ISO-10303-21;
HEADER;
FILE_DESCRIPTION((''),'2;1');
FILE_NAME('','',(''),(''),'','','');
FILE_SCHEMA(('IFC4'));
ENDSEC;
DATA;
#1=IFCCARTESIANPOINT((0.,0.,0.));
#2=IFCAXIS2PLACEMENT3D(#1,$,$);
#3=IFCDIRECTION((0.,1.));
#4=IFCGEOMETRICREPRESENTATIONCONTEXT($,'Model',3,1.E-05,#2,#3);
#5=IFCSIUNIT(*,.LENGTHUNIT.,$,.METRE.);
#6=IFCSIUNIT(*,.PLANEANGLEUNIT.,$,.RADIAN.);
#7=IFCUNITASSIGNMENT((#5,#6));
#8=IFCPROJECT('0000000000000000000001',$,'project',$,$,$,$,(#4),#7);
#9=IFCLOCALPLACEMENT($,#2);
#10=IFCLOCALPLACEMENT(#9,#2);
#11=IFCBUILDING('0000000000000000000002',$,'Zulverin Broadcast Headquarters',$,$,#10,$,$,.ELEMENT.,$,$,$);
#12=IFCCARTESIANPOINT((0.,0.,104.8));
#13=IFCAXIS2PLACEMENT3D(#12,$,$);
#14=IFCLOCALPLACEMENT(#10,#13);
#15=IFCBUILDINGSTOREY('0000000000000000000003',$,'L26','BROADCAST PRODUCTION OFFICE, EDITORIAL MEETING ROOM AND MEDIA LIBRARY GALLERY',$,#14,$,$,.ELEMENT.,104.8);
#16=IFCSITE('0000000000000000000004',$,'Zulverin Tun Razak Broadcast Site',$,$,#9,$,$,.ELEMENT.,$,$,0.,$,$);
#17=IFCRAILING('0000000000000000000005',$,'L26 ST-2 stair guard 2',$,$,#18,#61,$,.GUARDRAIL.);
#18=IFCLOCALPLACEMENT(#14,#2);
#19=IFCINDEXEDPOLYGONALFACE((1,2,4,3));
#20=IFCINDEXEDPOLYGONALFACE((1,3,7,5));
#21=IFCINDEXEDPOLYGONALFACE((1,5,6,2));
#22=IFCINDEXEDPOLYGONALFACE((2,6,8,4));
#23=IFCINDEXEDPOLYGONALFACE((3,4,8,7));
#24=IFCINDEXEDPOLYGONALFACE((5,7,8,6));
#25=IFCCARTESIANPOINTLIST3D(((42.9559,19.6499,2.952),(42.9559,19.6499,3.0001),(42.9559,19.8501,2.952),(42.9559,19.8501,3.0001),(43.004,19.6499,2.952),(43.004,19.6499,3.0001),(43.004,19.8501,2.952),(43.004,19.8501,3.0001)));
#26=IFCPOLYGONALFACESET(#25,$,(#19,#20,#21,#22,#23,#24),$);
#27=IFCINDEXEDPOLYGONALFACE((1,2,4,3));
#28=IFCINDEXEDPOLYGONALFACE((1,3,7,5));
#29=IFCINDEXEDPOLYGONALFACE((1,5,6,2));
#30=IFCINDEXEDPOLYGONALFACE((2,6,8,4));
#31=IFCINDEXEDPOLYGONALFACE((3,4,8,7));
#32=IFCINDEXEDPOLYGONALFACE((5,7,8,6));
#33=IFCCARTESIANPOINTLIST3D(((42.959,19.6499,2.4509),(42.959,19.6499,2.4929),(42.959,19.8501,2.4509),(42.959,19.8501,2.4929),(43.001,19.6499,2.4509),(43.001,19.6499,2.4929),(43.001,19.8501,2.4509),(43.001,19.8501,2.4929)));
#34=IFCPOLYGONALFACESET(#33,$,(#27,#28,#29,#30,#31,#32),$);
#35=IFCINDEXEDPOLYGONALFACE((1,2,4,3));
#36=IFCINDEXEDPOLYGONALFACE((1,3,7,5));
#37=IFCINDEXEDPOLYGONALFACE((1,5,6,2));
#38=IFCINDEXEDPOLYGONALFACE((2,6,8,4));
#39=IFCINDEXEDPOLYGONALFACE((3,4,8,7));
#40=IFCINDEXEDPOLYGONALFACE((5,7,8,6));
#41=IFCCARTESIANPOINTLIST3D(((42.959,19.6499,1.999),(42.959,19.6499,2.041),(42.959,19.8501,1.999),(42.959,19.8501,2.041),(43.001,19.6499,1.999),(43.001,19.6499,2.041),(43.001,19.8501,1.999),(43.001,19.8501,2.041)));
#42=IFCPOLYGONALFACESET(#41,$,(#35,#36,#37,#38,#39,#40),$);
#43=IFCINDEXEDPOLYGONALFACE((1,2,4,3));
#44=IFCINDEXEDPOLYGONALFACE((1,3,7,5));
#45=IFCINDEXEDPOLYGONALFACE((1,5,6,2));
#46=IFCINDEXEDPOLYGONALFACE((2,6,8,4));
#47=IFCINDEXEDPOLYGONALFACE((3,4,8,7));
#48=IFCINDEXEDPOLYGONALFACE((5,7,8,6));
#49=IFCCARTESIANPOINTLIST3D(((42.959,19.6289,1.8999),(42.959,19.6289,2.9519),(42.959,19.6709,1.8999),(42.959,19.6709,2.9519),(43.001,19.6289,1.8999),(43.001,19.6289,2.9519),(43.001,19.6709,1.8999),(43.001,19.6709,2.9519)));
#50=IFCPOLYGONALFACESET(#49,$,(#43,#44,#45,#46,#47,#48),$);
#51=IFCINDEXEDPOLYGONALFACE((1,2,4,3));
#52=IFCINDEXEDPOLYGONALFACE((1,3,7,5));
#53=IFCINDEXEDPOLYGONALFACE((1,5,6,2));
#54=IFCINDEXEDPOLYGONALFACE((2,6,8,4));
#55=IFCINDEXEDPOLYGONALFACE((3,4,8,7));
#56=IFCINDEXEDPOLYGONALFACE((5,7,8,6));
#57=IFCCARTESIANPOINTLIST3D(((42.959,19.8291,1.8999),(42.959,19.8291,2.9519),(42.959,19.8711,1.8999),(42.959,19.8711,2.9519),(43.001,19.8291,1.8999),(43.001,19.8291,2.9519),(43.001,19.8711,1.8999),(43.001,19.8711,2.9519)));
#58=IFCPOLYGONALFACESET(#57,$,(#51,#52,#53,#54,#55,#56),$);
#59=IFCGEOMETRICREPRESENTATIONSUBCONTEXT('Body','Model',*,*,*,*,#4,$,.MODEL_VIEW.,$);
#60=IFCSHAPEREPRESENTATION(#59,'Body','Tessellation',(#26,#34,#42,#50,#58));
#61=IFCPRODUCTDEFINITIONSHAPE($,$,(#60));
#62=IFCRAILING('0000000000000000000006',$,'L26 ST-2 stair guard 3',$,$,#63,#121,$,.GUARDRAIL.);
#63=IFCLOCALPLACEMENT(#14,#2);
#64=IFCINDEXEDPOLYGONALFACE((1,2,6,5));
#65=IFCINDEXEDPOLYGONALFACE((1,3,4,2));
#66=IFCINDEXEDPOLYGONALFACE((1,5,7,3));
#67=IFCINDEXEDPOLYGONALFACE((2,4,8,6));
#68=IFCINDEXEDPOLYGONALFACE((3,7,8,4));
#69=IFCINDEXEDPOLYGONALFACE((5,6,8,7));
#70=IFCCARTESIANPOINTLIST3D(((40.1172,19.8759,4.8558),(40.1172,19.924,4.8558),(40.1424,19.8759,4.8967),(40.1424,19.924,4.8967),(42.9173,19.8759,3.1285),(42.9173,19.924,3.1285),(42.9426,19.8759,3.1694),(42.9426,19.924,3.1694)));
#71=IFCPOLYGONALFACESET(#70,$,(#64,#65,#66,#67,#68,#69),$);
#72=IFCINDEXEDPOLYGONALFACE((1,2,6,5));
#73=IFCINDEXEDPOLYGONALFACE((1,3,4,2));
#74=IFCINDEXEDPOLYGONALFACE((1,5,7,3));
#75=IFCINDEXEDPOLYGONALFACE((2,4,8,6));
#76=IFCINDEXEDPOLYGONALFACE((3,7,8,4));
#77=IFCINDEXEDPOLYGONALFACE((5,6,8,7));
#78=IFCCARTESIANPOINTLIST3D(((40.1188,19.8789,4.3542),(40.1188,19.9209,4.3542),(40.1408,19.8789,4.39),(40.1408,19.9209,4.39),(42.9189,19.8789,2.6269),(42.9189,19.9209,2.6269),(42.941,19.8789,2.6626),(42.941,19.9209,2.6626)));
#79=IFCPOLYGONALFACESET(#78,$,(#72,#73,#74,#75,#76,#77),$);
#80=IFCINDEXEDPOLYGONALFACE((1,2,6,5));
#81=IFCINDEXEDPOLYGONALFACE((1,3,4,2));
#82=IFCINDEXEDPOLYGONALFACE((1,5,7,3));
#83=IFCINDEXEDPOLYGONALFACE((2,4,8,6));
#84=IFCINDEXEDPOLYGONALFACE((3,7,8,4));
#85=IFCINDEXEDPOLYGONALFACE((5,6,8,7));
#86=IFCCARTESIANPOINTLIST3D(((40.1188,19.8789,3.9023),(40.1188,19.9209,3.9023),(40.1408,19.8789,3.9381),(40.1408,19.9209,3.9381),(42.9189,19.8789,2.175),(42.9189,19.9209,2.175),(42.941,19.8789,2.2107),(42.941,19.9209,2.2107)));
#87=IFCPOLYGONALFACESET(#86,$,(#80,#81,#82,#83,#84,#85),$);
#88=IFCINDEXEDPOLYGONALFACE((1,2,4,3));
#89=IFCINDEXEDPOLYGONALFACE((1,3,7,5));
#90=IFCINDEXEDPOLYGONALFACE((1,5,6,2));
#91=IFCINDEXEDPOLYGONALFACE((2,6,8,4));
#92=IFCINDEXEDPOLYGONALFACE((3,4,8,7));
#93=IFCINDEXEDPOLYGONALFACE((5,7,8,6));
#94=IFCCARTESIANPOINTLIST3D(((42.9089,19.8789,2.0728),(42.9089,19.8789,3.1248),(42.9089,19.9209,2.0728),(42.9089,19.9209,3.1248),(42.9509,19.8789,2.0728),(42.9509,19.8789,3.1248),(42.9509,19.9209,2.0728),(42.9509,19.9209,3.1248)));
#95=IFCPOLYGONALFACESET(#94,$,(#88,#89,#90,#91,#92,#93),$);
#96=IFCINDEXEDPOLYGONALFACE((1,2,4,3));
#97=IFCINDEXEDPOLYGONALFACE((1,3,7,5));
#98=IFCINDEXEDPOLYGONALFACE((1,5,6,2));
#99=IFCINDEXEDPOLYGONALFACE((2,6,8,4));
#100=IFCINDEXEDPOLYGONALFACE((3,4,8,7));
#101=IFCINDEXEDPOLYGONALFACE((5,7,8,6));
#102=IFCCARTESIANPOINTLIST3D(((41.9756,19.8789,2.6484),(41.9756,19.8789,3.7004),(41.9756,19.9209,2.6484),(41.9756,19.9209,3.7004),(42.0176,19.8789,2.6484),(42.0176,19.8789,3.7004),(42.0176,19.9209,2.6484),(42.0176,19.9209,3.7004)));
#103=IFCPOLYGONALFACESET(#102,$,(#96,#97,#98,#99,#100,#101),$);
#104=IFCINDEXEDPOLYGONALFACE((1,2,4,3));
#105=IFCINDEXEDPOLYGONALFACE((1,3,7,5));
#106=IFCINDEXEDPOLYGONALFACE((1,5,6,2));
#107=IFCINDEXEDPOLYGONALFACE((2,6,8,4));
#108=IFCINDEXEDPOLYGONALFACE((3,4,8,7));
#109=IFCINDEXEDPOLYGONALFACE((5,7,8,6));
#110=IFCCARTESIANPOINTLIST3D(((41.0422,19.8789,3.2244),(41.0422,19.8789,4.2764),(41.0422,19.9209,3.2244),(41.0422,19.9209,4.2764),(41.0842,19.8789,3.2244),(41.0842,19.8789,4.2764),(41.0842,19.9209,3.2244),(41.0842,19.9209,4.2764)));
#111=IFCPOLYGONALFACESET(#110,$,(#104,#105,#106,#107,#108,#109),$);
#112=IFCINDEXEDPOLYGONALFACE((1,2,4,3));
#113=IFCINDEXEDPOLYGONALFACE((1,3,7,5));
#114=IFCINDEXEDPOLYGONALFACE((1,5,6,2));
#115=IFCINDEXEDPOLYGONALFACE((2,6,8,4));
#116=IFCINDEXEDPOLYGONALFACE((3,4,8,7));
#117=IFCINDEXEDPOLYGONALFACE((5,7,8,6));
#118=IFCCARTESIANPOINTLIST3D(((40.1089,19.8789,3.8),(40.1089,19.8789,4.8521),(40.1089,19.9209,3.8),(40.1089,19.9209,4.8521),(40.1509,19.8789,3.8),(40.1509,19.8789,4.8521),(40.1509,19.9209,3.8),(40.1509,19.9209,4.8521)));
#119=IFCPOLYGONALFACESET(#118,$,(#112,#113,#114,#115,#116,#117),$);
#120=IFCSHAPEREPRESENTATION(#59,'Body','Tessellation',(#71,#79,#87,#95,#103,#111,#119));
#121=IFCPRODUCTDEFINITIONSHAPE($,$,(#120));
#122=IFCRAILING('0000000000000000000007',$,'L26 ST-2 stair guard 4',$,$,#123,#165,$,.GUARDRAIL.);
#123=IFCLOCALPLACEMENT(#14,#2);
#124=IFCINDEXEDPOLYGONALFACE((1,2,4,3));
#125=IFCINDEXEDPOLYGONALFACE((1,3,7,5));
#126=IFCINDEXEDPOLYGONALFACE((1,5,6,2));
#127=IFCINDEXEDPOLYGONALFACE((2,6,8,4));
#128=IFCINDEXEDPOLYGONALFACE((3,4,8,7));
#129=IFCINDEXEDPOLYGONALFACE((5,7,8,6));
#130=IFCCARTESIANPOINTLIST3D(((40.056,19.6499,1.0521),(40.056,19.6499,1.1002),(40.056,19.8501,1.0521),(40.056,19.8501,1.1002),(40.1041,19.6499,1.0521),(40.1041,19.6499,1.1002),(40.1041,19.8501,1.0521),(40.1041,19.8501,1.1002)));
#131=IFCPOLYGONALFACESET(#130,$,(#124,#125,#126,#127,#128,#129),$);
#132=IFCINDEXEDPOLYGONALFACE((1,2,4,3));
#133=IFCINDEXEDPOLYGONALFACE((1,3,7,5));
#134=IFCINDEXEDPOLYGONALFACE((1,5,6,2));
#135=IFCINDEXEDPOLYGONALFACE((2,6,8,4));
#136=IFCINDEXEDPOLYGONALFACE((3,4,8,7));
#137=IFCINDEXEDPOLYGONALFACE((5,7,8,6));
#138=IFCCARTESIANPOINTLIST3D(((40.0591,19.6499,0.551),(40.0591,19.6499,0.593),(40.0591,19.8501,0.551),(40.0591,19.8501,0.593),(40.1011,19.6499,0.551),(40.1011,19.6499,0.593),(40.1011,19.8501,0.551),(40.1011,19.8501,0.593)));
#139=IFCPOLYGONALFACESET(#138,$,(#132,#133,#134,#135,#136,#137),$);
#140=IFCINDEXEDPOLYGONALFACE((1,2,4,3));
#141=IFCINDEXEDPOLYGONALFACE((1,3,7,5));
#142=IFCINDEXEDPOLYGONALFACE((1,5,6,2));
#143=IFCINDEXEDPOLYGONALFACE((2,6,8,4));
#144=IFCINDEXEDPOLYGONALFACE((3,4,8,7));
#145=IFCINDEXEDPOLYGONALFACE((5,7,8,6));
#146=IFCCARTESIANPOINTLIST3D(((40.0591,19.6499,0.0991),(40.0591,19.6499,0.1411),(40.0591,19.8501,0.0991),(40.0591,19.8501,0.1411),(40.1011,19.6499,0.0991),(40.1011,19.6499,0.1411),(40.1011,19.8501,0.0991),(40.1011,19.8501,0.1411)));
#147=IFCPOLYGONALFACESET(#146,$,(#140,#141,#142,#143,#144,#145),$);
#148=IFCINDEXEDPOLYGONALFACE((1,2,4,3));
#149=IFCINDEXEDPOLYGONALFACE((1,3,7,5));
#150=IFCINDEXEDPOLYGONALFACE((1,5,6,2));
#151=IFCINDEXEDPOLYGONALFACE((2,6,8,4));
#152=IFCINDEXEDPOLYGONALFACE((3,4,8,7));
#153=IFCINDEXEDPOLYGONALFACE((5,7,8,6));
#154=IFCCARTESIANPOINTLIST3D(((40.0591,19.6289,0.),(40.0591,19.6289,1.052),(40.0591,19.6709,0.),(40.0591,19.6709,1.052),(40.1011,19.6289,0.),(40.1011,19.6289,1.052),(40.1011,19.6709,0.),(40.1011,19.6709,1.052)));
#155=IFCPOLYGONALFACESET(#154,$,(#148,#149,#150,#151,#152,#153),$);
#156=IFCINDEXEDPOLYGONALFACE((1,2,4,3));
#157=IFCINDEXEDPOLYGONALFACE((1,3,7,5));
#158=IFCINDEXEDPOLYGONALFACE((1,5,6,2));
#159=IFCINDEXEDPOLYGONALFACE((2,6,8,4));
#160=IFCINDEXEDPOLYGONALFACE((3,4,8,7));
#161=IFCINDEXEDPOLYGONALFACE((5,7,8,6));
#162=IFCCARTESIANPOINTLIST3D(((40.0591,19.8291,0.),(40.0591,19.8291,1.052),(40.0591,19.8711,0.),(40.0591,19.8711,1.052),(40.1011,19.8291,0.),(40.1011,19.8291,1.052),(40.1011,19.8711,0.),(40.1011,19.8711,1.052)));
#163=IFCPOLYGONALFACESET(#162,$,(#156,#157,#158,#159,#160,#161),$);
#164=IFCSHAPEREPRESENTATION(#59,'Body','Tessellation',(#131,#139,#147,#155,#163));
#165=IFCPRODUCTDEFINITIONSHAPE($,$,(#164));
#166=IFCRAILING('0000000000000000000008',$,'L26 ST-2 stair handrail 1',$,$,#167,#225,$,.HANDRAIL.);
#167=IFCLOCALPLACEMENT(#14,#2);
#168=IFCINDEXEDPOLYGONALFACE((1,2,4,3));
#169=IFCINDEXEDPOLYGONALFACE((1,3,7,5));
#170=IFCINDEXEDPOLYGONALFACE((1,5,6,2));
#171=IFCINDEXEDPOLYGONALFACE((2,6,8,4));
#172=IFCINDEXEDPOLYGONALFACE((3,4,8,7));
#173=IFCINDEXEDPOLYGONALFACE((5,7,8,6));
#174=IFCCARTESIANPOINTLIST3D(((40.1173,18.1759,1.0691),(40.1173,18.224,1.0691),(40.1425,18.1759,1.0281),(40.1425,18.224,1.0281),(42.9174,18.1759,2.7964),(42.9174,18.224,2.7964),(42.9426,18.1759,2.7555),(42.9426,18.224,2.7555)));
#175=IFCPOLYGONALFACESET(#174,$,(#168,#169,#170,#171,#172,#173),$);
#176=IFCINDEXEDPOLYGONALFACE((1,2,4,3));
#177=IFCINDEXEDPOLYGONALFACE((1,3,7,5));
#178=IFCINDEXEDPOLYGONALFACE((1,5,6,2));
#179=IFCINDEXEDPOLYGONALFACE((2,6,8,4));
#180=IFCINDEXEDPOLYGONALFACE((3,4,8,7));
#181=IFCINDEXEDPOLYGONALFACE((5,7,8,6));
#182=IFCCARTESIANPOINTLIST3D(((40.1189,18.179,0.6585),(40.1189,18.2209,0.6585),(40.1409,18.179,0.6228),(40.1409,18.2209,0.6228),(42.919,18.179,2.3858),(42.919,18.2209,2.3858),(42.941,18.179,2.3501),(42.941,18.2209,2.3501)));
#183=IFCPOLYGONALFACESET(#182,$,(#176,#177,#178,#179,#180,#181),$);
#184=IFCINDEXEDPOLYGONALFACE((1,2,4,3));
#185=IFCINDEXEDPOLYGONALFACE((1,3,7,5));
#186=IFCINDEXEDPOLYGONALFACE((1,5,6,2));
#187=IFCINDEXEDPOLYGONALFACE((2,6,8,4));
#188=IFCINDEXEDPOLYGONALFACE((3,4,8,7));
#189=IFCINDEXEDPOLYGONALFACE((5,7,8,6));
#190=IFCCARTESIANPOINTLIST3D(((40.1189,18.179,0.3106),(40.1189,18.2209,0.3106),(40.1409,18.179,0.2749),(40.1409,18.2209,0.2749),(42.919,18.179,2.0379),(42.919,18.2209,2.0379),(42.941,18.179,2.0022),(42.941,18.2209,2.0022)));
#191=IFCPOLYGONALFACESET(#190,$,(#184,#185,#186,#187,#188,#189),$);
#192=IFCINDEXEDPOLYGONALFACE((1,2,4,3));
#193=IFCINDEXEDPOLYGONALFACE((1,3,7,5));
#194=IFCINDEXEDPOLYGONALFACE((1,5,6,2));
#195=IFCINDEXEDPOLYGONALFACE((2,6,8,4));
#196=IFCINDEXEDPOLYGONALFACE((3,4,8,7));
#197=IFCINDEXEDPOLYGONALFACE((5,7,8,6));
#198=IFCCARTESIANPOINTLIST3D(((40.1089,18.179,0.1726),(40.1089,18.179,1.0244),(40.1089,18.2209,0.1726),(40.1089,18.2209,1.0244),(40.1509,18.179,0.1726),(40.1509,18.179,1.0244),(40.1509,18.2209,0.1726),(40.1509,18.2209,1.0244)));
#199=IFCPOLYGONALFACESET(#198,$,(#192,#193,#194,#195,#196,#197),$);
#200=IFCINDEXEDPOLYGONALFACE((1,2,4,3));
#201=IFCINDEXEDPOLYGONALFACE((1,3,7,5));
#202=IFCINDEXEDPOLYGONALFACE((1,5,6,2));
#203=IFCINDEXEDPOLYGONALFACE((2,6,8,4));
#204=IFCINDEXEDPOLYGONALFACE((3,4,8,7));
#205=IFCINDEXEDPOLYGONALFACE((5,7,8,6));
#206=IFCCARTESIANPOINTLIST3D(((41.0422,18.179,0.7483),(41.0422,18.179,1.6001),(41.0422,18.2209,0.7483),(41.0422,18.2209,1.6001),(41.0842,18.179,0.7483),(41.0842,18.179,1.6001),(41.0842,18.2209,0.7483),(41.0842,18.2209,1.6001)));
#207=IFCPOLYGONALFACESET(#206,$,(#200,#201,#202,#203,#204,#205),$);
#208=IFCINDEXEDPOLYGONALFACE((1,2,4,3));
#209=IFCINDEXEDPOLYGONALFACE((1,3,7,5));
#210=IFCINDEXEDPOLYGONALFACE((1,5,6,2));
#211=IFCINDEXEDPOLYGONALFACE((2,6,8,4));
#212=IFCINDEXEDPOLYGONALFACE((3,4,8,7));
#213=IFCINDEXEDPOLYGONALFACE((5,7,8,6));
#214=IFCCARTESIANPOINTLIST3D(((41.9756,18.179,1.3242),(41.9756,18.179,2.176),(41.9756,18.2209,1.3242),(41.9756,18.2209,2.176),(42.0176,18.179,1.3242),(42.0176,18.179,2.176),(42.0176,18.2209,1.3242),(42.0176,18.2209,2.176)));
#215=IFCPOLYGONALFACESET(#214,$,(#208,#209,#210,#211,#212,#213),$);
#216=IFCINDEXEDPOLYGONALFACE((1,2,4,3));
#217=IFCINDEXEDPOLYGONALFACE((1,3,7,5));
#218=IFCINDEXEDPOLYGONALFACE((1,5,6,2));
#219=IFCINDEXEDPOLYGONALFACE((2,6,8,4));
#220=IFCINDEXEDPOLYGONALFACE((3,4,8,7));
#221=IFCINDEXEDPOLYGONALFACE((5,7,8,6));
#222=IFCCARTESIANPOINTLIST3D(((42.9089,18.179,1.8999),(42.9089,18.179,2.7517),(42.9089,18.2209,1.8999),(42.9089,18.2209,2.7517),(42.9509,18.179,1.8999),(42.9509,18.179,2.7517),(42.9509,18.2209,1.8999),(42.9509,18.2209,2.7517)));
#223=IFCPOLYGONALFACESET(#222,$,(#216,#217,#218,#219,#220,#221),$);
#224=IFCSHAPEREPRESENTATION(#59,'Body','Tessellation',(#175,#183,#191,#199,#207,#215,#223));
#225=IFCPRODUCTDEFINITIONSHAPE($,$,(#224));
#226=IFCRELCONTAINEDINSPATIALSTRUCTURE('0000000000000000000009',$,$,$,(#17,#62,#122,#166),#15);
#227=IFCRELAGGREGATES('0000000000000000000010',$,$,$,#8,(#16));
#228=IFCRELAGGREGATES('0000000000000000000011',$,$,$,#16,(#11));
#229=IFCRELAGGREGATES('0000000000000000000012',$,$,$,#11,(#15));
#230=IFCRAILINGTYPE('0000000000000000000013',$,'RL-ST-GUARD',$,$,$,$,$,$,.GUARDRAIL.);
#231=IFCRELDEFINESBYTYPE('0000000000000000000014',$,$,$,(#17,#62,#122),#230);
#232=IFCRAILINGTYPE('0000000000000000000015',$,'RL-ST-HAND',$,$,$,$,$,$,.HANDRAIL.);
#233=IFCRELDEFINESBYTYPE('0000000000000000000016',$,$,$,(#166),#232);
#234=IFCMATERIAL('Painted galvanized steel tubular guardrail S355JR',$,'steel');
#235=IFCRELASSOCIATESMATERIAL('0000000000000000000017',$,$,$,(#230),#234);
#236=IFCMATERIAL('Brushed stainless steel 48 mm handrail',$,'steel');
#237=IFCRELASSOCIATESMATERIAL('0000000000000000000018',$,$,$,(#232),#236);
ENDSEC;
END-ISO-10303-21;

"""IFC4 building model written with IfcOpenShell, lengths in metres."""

from ifc_helpers import new_model, si_unit, direction, frame, origin, origin_2d, place, context, subcontext, project, spatial, rectangle, extrude, material, type_object, element, save


model = new_model("IFC4")

# Units and contexts
model_context = context("Model", 3, precision=1e-05, world=origin(), true_north=direction((0.0, 1.0)))
body_context = subcontext(model_context, "Body", "Model", "MODEL_VIEW")
ifc_project = project(units=[si_unit("LENGTHUNIT", "METRE"), si_unit("PLANEANGLEUNIT", "RADIAN")], contexts=[model_context])

# Site, building, storey
site_placement = place(None, origin())
site = spatial("IfcSite", under=ifc_project, at=site_placement, Name="Zulverin Tun Razak Broadcast Site", CompositionType="ELEMENT", RefElevation=0.0)
building_placement = place(site_placement, origin())
building = spatial("IfcBuilding", under=site, at=building_placement, Name="Zulverin Broadcast Headquarters", CompositionType="ELEMENT")
storey_placement = place(building_placement, frame((0.0, 0.0, 104.8)))
storey = spatial("IfcBuildingStorey", under=building, at=storey_placement, Name="L26", Description="BROADCAST PRODUCTION OFFICE, EDITORIAL MEETING ROOM AND MEDIA LIBRARY GALLERY", CompositionType="ELEMENT", Elevation=104.8)

# Railings
ifc_material_1 = material(Name="Painted galvanized steel tubular guardrail S355JR", Category="steel")
railing_type_1 = type_object("IfcRailingType", Name="RL-ST-GUARD", PredefinedType="GUARDRAIL", material=ifc_material_1)
railing_1_placement = place(storey_placement, frame((42.98, 19.6499, 1.8999)))
element("IfcRailing", 1, at=railing_1_placement, inside=storey, type_object=railing_type_1, Name="L26 ST-2 stair guard 2", PredefinedType="GUARDRAIL", context=body_context, shape_type="SweptSolid", body=[
    extrude(rectangle(XDim=0.0481, YDim=0.0481, at=origin_2d()), frame((0.0, 0.0, 1.0762), z_axis=(0.0, 1.0, 0.0), x_axis=(-1.0, 0.0, 0.0)), (0.0, 0.0, 1.0), 0.2002),
    extrude(rectangle(XDim=0.042, YDim=0.042, at=origin_2d()), frame((0.0, 0.0, 0.572), z_axis=(0.0, 1.0, 0.0), x_axis=(-1.0, 0.0, 0.0)), (0.0, 0.0, 1.0), 0.2002),
    extrude(rectangle(XDim=0.042, YDim=0.042, at=origin_2d()), frame((0.0, 0.0, 0.1201), z_axis=(0.0, 1.0, 0.0), x_axis=(-1.0, 0.0, 0.0)), (0.0, 0.0, 1.0), 0.2002),
    extrude(rectangle(XDim=0.042, YDim=0.042, at=origin_2d()), origin(), (0.0, 0.0, 1.0), 1.052),
    extrude(rectangle(XDim=0.042, YDim=0.042, at=origin_2d()), frame((0.0, 0.2002, 0.0)), (0.0, 0.0, 1.0), 1.052),
])
railing_2_placement = place(storey_placement, frame((42.9299, 19.8999, 2.0728)))
element("IfcRailing", 2, at=railing_2_placement, inside=storey, type_object=railing_type_1, Name="L26 ST-2 stair guard 3", PredefinedType="GUARDRAIL", context=body_context, shape_type="SweptSolid", body=[
    extrude(rectangle(XDim=0.0481, YDim=0.0481, at=origin_2d()), frame((0.0, 0.0, 1.0762), z_axis=(-0.85109, 0.0, 0.52502), x_axis=(0.0, -1.0, 0.0)), (0.0, 0.0, 1.0), 3.29),
    extrude(rectangle(XDim=0.042, YDim=0.042, at=origin_2d()), frame((0.0, 0.0, 0.572), z_axis=(-0.85109, 0.0, 0.52502), x_axis=(0.0, -1.0, 0.0)), (0.0, 0.0, 1.0), 3.29),
    extrude(rectangle(XDim=0.042, YDim=0.042, at=origin_2d()), frame((0.0, 0.0, 0.1201), z_axis=(-0.85109, 0.0, 0.52502), x_axis=(0.0, -1.0, 0.0)), (0.0, 0.0, 1.0), 3.29),
    extrude(rectangle(XDim=0.042, YDim=0.042, at=origin_2d()), origin(), (0.0, 0.0, 1.0), 1.052),
    extrude(rectangle(XDim=0.042, YDim=0.042, at=origin_2d()), frame((-0.9333, 0.0, 0.5757)), (0.0, 0.0, 1.0), 1.052),
    extrude(rectangle(XDim=0.042, YDim=0.042, at=origin_2d()), frame((-1.8667, 0.0, 1.1516)), (0.0, 0.0, 1.0), 1.052),
    extrude(rectangle(XDim=0.042, YDim=0.042, at=origin_2d()), frame((-2.8, 0.0, 1.7273)), (0.0, 0.0, 1.0), 1.052),
])
railing_3_placement = place(storey_placement, frame((40.0801, 19.6499, 0.0)))
element("IfcRailing", 3, at=railing_3_placement, inside=storey, type_object=railing_type_1, Name="L26 ST-2 stair guard 4", PredefinedType="GUARDRAIL", context=body_context, shape_type="SweptSolid", body=[
    extrude(rectangle(XDim=0.0481, YDim=0.0481, at=origin_2d()), frame((0.0, 0.0, 1.0762), z_axis=(0.0, 1.0, 0.0), x_axis=(-1.0, 0.0, 0.0)), (0.0, 0.0, 1.0), 0.2002),
    extrude(rectangle(XDim=0.042, YDim=0.042, at=origin_2d()), frame((0.0, 0.0, 0.572), z_axis=(0.0, 1.0, 0.0), x_axis=(-1.0, 0.0, 0.0)), (0.0, 0.0, 1.0), 0.2002),
    extrude(rectangle(XDim=0.042, YDim=0.042, at=origin_2d()), frame((0.0, 0.0, 0.1201), z_axis=(0.0, 1.0, 0.0), x_axis=(-1.0, 0.0, 0.0)), (0.0, 0.0, 1.0), 0.2002),
    extrude(rectangle(XDim=0.042, YDim=0.042, at=origin_2d()), origin(), (0.0, 0.0, 1.0), 1.052),
    extrude(rectangle(XDim=0.042, YDim=0.042, at=origin_2d()), frame((0.0, 0.2002, 0.0)), (0.0, 0.0, 1.0), 1.052),
])
ifc_material_2 = material(Name="Brushed stainless steel 48 mm handrail", Category="steel")
railing_type_2 = type_object("IfcRailingType", Name="RL-ST-HAND", PredefinedType="HANDRAIL", material=ifc_material_2)
railing_4_placement = place(storey_placement, frame((40.1299, 18.2, 0.1726)))
element("IfcRailing", 4, at=railing_4_placement, inside=storey, type_object=railing_type_2, Name="L26 ST-2 stair handrail 1", PredefinedType="HANDRAIL", context=body_context, shape_type="SweptSolid", body=[
    extrude(rectangle(XDim=0.0481, YDim=0.0481, at=origin_2d()), frame((0.0, 0.0, 0.876), z_axis=(0.85109, 0.0, 0.52502), x_axis=(0.0, 1.0, 0.0)), (0.0, 0.0, 1.0), 3.29),
    extrude(rectangle(XDim=0.042, YDim=0.042, at=origin_2d()), frame((0.0, 0.0, 0.468), z_axis=(0.85109, 0.0, 0.52502), x_axis=(0.0, 1.0, 0.0)), (0.0, 0.0, 1.0), 3.29),
    extrude(rectangle(XDim=0.042, YDim=0.042, at=origin_2d()), frame((0.0, 0.0, 0.1201), z_axis=(0.85109, 0.0, 0.52502), x_axis=(0.0, 1.0, 0.0)), (0.0, 0.0, 1.0), 3.29),
    extrude(rectangle(XDim=0.042, YDim=0.042, at=origin_2d()), origin(), (0.0, 0.0, 1.0), 0.8518),
    extrude(rectangle(XDim=0.042, YDim=0.042, at=origin_2d()), frame((0.9333, 0.0, 0.5757)), (0.0, 0.0, 1.0), 0.8518),
    extrude(rectangle(XDim=0.042, YDim=0.042, at=origin_2d()), frame((1.8667, 0.0, 1.1516)), (0.0, 0.0, 1.0), 0.8518),
    extrude(rectangle(XDim=0.042, YDim=0.042, at=origin_2d()), frame((2.8, 0.0, 1.7273)), (0.0, 0.0, 1.0), 0.8518),
])

save(model, "model.ifc")
